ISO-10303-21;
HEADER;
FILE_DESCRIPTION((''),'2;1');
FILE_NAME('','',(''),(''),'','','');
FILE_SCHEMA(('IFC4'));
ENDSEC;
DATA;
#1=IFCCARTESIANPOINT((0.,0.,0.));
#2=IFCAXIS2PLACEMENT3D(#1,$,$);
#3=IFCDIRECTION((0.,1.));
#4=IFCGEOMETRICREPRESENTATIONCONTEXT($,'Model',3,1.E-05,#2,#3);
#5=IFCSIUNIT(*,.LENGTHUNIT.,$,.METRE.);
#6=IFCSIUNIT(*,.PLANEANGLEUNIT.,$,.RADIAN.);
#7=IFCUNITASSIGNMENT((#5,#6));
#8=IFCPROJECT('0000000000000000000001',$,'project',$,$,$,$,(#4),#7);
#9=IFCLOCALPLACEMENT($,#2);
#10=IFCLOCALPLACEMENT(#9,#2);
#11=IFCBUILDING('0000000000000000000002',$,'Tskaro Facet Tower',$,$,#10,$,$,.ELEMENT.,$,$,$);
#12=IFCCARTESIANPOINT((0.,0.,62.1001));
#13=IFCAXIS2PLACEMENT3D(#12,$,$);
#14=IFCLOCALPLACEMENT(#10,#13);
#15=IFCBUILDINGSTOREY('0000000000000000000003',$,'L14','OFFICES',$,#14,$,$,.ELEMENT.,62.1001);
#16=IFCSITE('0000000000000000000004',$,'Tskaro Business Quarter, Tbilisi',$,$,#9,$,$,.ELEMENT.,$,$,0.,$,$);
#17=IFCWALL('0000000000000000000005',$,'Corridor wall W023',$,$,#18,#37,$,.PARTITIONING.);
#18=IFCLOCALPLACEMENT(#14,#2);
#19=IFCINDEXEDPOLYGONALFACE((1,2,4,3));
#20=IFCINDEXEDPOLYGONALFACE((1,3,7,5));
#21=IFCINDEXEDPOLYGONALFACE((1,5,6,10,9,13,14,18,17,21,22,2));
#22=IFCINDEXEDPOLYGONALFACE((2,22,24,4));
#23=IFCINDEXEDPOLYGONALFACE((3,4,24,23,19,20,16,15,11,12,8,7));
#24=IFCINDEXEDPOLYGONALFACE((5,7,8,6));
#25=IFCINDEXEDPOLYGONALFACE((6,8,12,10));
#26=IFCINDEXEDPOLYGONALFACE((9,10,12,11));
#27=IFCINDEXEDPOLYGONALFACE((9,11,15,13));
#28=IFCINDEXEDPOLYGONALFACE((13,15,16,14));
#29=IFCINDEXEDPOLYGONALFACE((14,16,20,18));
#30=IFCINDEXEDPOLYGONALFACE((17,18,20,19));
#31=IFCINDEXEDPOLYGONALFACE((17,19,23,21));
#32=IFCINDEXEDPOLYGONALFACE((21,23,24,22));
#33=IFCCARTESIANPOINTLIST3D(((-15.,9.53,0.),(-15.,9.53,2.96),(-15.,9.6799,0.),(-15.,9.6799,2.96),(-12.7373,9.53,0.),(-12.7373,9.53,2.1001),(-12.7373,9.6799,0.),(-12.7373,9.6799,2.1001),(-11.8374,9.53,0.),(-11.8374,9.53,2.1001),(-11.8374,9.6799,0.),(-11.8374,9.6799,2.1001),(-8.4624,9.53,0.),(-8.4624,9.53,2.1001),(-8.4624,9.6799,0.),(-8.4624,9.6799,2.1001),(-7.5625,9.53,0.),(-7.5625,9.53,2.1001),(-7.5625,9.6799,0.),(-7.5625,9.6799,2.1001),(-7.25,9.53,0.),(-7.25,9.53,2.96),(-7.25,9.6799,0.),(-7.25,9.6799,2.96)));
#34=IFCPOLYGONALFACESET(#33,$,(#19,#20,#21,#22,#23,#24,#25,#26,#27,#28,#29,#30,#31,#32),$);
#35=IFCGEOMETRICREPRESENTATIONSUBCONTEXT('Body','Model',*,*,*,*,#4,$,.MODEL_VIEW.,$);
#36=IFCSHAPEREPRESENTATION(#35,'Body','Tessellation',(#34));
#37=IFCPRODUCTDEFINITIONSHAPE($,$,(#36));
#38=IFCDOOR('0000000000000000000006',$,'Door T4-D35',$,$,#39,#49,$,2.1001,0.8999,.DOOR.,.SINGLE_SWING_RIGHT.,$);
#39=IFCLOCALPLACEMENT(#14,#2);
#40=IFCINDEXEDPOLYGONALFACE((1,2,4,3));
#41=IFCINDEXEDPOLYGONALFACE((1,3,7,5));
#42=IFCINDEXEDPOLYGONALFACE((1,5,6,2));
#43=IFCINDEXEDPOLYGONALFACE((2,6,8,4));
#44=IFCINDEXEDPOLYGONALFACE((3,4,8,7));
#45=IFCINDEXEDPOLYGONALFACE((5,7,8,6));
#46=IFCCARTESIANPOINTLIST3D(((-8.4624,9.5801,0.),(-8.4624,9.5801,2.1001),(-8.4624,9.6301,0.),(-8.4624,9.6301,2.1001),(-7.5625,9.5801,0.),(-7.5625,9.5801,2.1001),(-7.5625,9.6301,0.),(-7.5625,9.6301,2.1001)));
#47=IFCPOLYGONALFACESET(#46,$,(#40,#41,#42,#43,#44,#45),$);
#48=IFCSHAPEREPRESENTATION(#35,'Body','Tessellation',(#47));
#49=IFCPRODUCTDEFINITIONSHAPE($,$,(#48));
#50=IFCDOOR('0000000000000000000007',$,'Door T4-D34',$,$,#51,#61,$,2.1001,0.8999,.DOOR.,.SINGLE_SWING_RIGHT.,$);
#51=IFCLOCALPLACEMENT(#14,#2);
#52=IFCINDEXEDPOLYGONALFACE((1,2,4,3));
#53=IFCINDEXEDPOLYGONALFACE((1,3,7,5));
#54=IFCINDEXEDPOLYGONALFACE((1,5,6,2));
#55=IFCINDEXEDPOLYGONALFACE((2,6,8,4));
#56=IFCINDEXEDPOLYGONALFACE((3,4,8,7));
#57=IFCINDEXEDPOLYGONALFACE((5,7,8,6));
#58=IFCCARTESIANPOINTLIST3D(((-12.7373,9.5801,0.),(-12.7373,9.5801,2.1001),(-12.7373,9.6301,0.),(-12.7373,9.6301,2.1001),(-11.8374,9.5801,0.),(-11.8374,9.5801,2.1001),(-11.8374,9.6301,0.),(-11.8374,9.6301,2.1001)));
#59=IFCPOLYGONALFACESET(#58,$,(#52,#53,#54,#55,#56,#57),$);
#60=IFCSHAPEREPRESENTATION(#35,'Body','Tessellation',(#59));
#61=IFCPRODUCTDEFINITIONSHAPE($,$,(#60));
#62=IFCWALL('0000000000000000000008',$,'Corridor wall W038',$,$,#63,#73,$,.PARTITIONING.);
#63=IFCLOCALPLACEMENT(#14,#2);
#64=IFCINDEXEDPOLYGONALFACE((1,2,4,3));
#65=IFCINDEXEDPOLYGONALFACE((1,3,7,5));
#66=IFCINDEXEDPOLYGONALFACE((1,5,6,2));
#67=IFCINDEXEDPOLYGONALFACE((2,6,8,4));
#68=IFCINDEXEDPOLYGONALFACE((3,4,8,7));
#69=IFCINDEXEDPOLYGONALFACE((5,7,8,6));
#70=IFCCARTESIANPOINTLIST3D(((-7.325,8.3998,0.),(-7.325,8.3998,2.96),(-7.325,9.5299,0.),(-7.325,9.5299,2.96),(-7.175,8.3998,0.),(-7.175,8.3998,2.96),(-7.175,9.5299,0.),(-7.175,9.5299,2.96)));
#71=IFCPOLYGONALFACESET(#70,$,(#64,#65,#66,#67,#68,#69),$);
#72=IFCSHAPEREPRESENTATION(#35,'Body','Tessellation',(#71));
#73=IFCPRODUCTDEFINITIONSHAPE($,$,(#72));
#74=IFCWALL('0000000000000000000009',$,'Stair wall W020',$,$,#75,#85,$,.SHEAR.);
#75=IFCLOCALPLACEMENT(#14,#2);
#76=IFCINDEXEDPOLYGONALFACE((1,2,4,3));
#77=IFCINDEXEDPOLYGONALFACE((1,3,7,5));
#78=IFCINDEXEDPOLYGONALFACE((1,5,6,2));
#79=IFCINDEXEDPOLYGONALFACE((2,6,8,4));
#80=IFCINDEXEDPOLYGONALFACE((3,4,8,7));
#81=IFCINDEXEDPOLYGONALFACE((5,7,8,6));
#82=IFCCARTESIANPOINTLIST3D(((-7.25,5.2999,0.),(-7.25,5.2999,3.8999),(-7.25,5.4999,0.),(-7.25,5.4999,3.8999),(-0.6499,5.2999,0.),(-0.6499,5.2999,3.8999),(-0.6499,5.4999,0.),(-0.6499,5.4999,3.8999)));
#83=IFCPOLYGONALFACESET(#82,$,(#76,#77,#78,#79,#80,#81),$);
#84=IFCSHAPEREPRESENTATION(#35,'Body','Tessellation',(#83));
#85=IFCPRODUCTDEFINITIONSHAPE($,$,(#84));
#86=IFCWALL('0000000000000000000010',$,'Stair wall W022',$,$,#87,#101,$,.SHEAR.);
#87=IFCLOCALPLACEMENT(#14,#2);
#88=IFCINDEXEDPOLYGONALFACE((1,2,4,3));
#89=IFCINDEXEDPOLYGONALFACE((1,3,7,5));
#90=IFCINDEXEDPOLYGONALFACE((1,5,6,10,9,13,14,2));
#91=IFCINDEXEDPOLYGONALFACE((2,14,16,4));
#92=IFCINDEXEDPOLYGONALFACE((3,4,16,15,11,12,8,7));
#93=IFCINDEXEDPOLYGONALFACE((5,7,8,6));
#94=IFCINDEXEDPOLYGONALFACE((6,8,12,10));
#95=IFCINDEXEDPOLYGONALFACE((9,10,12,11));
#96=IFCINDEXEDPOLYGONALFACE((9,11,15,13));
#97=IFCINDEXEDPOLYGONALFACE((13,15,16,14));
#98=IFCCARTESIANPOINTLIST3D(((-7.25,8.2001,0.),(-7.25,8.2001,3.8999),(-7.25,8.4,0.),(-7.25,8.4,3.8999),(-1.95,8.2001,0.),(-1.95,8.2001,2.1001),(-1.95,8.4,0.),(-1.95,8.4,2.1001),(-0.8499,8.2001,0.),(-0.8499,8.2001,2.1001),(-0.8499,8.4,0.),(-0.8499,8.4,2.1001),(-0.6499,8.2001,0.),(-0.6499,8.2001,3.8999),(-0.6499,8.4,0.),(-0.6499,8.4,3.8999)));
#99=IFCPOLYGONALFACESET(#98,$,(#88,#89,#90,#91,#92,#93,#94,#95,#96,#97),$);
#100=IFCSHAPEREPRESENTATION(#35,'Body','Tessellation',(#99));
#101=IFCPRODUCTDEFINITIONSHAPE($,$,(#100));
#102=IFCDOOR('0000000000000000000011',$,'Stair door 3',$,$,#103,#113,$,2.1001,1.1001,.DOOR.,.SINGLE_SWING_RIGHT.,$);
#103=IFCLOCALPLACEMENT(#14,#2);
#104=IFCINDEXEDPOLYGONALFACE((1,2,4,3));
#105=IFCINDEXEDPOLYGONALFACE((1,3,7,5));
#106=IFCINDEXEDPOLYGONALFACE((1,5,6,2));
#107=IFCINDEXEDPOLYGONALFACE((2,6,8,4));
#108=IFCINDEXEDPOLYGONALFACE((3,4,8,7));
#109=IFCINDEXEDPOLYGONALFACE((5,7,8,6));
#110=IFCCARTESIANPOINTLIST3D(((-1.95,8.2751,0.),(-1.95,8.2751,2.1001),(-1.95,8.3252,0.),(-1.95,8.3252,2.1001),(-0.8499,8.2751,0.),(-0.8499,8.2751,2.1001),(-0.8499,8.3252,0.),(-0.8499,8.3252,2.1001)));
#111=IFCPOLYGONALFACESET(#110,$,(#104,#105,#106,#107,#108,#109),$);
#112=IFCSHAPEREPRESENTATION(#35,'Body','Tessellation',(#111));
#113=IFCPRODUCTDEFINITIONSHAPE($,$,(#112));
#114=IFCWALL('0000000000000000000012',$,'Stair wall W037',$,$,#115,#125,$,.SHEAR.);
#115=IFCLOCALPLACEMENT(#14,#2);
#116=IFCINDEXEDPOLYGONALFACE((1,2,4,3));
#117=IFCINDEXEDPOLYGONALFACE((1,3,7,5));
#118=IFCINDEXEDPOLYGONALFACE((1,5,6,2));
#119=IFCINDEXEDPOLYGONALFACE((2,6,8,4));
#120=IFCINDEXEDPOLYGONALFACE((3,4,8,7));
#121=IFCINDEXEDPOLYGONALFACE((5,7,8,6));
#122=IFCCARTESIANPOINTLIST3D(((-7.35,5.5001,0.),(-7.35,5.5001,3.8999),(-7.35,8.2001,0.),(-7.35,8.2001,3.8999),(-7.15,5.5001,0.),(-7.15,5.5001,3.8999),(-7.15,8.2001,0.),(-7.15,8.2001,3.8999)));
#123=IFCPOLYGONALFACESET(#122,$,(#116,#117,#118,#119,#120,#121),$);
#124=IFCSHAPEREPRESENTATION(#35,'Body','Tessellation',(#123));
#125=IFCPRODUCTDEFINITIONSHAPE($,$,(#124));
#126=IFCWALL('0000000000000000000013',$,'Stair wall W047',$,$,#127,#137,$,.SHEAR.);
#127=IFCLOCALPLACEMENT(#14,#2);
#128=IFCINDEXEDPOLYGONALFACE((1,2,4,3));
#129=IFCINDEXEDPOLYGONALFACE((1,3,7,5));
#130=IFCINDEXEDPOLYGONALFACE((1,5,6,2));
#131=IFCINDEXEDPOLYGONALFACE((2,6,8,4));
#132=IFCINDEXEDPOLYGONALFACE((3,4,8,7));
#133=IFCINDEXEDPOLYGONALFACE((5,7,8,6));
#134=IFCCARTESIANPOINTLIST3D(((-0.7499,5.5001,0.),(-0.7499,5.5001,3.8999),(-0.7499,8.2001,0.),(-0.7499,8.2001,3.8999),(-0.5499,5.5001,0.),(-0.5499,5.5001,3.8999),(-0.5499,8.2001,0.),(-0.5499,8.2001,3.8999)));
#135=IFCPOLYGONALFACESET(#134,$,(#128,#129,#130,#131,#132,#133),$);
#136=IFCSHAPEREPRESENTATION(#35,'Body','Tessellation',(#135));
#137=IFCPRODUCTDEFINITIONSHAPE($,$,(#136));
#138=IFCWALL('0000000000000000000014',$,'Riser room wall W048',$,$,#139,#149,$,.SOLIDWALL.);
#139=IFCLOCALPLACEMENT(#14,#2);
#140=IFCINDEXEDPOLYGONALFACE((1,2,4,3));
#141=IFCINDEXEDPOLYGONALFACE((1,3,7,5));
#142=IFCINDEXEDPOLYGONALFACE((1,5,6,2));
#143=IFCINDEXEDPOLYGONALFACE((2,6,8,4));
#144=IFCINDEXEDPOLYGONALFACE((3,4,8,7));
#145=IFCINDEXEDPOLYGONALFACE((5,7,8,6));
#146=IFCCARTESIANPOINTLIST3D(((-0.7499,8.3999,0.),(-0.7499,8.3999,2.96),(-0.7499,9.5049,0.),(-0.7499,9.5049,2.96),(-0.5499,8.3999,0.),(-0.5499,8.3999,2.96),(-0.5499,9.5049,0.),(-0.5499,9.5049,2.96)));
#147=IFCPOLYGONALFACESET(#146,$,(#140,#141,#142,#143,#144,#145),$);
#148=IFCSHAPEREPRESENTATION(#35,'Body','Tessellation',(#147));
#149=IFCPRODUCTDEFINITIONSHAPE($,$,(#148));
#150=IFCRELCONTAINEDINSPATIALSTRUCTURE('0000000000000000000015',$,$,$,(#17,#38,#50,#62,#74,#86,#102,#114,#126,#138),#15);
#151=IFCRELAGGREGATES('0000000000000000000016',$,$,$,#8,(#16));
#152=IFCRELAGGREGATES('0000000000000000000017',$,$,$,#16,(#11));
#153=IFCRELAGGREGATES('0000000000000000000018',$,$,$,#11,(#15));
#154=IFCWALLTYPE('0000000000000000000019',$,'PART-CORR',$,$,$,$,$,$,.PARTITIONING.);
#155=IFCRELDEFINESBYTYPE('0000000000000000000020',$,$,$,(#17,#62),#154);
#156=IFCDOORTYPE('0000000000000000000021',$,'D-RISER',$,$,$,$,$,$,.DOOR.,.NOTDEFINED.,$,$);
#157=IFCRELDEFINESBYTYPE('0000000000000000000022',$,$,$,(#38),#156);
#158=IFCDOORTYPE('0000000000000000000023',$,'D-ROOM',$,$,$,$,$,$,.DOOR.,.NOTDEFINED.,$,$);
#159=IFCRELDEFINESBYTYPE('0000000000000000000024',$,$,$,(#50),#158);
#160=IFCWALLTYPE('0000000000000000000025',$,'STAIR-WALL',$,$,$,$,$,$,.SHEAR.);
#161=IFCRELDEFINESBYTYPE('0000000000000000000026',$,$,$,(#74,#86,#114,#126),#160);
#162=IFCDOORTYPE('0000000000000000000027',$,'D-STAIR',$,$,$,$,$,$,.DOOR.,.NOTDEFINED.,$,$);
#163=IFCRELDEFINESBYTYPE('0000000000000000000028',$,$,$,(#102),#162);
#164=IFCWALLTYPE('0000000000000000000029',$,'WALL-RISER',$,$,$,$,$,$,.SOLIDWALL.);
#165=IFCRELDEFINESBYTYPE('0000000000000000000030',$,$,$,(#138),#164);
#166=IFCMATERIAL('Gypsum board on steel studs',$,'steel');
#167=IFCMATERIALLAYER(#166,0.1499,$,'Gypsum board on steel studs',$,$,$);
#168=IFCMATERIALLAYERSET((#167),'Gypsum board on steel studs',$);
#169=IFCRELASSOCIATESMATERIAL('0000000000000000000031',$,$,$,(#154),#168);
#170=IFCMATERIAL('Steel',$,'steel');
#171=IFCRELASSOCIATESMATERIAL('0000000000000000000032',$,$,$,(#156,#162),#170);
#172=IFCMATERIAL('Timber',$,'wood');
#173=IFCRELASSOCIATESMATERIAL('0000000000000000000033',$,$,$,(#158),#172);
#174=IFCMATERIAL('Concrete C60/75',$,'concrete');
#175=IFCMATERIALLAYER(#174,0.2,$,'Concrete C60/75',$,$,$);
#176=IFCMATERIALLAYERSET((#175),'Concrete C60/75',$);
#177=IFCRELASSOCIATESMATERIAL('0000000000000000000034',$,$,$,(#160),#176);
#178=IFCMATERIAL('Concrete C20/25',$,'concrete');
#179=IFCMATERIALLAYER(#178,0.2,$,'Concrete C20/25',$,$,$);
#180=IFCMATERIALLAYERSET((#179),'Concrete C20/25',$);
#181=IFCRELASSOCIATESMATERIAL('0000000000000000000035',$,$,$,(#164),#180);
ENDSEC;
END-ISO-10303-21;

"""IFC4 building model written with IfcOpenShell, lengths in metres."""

from ifc_helpers import new_model, si_unit, direction, frame, frame_2d, origin, place, context, subcontext, project, spatial, rectangle, extrude, material, layer, layer_set, type_object, element, fill, save


model = new_model("IFC4")

# Units and contexts
model_context = context("Model", 3, precision=1e-05, world=origin(), true_north=direction((0.0, 1.0)))
body_context = subcontext(model_context, "Body", "Model", "MODEL_VIEW")
ifc_project = project(units=[si_unit("LENGTHUNIT", "METRE"), si_unit("PLANEANGLEUNIT", "RADIAN")], contexts=[model_context])

# Site, building, storey
site_placement = place(None, origin())
site = spatial("IfcSite", under=ifc_project, at=site_placement, Name="Tskaro Business Quarter, Tbilisi", CompositionType="ELEMENT", RefElevation=0.0)
building_placement = place(site_placement, origin())
building = spatial("IfcBuilding", under=site, at=building_placement, Name="Tskaro Facet Tower", CompositionType="ELEMENT")
storey_placement = place(building_placement, frame((0.0, 0.0, 62.1001)))
storey = spatial("IfcBuildingStorey", under=building, at=storey_placement, Name="L14", Description="OFFICES", CompositionType="ELEMENT", Elevation=62.1001)

# Shared definitions
ifc_material_1 = material(Name="Concrete C20/25", Category="concrete")

# Wall, openings, doors
ifc_material_2 = material(Name="Gypsum board on steel studs", Category="steel")
ifc_layer_1 = layer(ifc_material_2, 0.1499, Name="Gypsum board on steel studs")
ifc_layer_set_1 = layer_set([ifc_layer_1], Name="Gypsum board on steel studs")
wall_type_1 = type_object("IfcWallType", Name="PART-CORR", PredefinedType="PARTITIONING", material=ifc_layer_set_1)
wall_1_placement = place(storey_placement, frame((-7.25, 9.605, 0.0), z_axis=(0.0, 0.0, 1.0), x_axis=(-1.0, 0.0, 0.0)))
wall_1 = element("IfcWall", 1, at=wall_1_placement, inside=storey, type_object=wall_type_1, Name="Corridor wall W023", PredefinedType="PARTITIONING", context=body_context, shape_type="SweptSolid", body=[
    extrude(rectangle(XDim=7.75, YDim=0.1499, at=frame_2d((3.875, 0.0))), origin(), (0.0, 0.0, 1.0), 2.96),
])
opening_1_placement = place(wall_1_placement, frame((0.3125, 0.0, 0.0)))
opening_1 = element("IfcOpeningElement", 2, at=opening_1_placement, cuts=wall_1, PredefinedType="OPENING", context=body_context, shape_type="SweptSolid", body=[
    extrude(rectangle(XDim=0.8999, YDim=2.1001, at=frame_2d((0.45, 1.05))), frame((0.0, 0.085, 0.0), z_axis=(0.0, -1.0, 0.0), x_axis=(1.0, 0.0, 0.0)), (0.0, 0.0, 1.0), 0.1699),
])
opening_2_placement = place(wall_1_placement, frame((4.5874, 0.0, 0.0)))
opening_2 = element("IfcOpeningElement", 3, at=opening_2_placement, cuts=wall_1, PredefinedType="OPENING", context=body_context, shape_type="SweptSolid", body=[
    extrude(rectangle(XDim=0.8999, YDim=2.1001, at=frame_2d((0.45, 1.05))), frame((0.0, 0.085, 0.0), z_axis=(0.0, -1.0, 0.0), x_axis=(1.0, 0.0, 0.0)), (0.0, 0.0, 1.0), 0.1699),
])
ifc_material_3 = material(Name="Steel", Category="steel")
door_type_1 = type_object("IfcDoorType", Name="D-RISER", OperationType="NOTDEFINED", PredefinedType="DOOR", material=ifc_material_3)
door_1_placement = place(opening_1_placement, origin())
door_1 = element("IfcDoor", 4, at=door_1_placement, inside=storey, type_object=door_type_1, Name="Door T4-D35", OperationType="SINGLE_SWING_RIGHT", OverallHeight=2.1001, OverallWidth=0.8999, PredefinedType="DOOR", context=body_context, shape_type="SweptSolid", body=[
    extrude(rectangle(XDim=0.8999, YDim=2.1001, at=frame_2d((0.45, 1.05))), frame((0.0, 0.0249, 0.0), z_axis=(0.0, -1.0, 0.0), x_axis=(1.0, 0.0, 0.0)), (0.0, 0.0, 1.0), 0.05),
])
fill(opening_1, door_1)
ifc_material_4 = material(Name="Timber", Category="wood")
door_type_2 = type_object("IfcDoorType", Name="D-ROOM", OperationType="NOTDEFINED", PredefinedType="DOOR", material=ifc_material_4)
door_2_placement = place(opening_2_placement, origin())
door_2 = element("IfcDoor", 5, at=door_2_placement, inside=storey, type_object=door_type_2, Name="Door T4-D34", OperationType="SINGLE_SWING_RIGHT", OverallHeight=2.1001, OverallWidth=0.8999, PredefinedType="DOOR", context=body_context, shape_type="SweptSolid", body=[
    extrude(rectangle(XDim=0.8999, YDim=2.1001, at=frame_2d((0.45, 1.05))), frame((0.0, 0.0249, 0.0), z_axis=(0.0, -1.0, 0.0), x_axis=(1.0, 0.0, 0.0)), (0.0, 0.0, 1.0), 0.05),
])
fill(opening_2, door_2)

# Walls
wall_2_placement = place(storey_placement, frame((-7.25, 8.3999, 0.0), z_axis=(0.0, 0.0, 1.0), x_axis=(0.0, 1.0, 0.0)))
element("IfcWall", 6, at=wall_2_placement, inside=storey, type_object=wall_type_1, Name="Corridor wall W038", PredefinedType="PARTITIONING", context=body_context, shape_type="SweptSolid", body=[
    extrude(rectangle(XDim=1.1301, YDim=0.1499, at=frame_2d((0.5649, 0.0))), origin(), (0.0, 0.0, 1.0), 2.96),
])
ifc_material_5 = material(Name="Concrete C60/75", Category="concrete")
ifc_layer_2 = layer(ifc_material_5, 0.2, Name="Concrete C60/75")
ifc_layer_set_2 = layer_set([ifc_layer_2], Name="Concrete C60/75")
wall_type_2 = type_object("IfcWallType", Name="STAIR-WALL", PredefinedType="SHEAR", material=ifc_layer_set_2)
wall_3_placement = place(storey_placement, frame((-7.25, 5.3999, 0.0), z_axis=(0.0, 0.0, 1.0), x_axis=(1.0, 0.0, 0.0)))
element("IfcWall", 7, at=wall_3_placement, inside=storey, type_object=wall_type_2, Name="Stair wall W020", PredefinedType="SHEAR", context=body_context, shape_type="SweptSolid", body=[
    extrude(rectangle(XDim=6.6001, YDim=0.2, at=frame_2d((3.3, 0.0))), origin(), (0.0, 0.0, 1.0), 3.8999),
])

# Wall, opening, door
wall_4_placement = place(storey_placement, frame((-0.6499, 8.3, 0.0), z_axis=(0.0, 0.0, 1.0), x_axis=(-1.0, 0.0, 0.0)))
wall_4 = element("IfcWall", 8, at=wall_4_placement, inside=storey, type_object=wall_type_2, Name="Stair wall W022", PredefinedType="SHEAR", context=body_context, shape_type="SweptSolid", body=[
    extrude(rectangle(XDim=6.6001, YDim=0.2, at=frame_2d((3.3, 0.0))), origin(), (0.0, 0.0, 1.0), 3.8999),
])
opening_3_placement = place(wall_4_placement, frame((0.2, 0.0, 0.0)))
opening_3 = element("IfcOpeningElement", 9, at=opening_3_placement, cuts=wall_4, PredefinedType="OPENING", context=body_context, shape_type="SweptSolid", body=[
    extrude(rectangle(XDim=1.1001, YDim=2.1001, at=frame_2d((0.55, 1.05))), frame((0.0, 0.1099, 0.0), z_axis=(0.0, -1.0, 0.0), x_axis=(1.0, 0.0, 0.0)), (0.0, 0.0, 1.0), 0.22),
])
door_type_3 = type_object("IfcDoorType", Name="D-STAIR", OperationType="NOTDEFINED", PredefinedType="DOOR", material=ifc_material_3)
door_3_placement = place(opening_3_placement, origin())
door_3 = element("IfcDoor", 10, at=door_3_placement, inside=storey, type_object=door_type_3, Name="Stair door 3", OperationType="SINGLE_SWING_RIGHT", OverallHeight=2.1001, OverallWidth=1.1001, PredefinedType="DOOR", context=body_context, shape_type="SweptSolid", body=[
    extrude(rectangle(XDim=1.1001, YDim=2.1001, at=frame_2d((0.55, 1.05))), frame((0.0, 0.0249, 0.0), z_axis=(0.0, -1.0, 0.0), x_axis=(1.0, 0.0, 0.0)), (0.0, 0.0, 1.0), 0.05),
])
fill(opening_3, door_3)

# Walls
for number, where, z_axis, x_axis, name in (
    (11, (-7.25, 5.5, 0.0), (0.0, 0.0, 1.0), (0.0, 1.0, 0.0), "Stair wall W037"),
    (12, (-0.6499, 5.5, 0.0), (0.0, 0.0, 1.0), (0.0, 1.0, 0.0), "Stair wall W047"),
):
    element("IfcWall", number, at=place(storey_placement, frame(where, z_axis=z_axis, x_axis=x_axis)), inside=storey, type_object=wall_type_2, Name=name, PredefinedType="SHEAR", context=body_context, shape_type="SweptSolid", body=[
        extrude(rectangle(XDim=2.7, YDim=0.2, at=frame_2d((1.3501, 0.0))), origin(), (0.0, 0.0, 1.0), 3.8999),
    ])
ifc_layer_3 = layer(ifc_material_1, 0.2, Name="Concrete C20/25")
ifc_layer_set_3 = layer_set([ifc_layer_3], Name="Concrete C20/25")
wall_type_3 = type_object("IfcWallType", Name="WALL-RISER", PredefinedType="SOLIDWALL", material=ifc_layer_set_3)
wall_5_placement = place(storey_placement, frame((-0.6499, 8.3999, 0.0), z_axis=(0.0, 0.0, 1.0), x_axis=(0.0, 1.0, 0.0)))
element("IfcWall", 13, at=wall_5_placement, inside=storey, type_object=wall_type_3, Name="Riser room wall W048", PredefinedType="SOLIDWALL", context=body_context, shape_type="SweptSolid", body=[
    extrude(rectangle(XDim=1.105, YDim=0.2, at=frame_2d((0.5525, 0.0))), origin(), (0.0, 0.0, 1.0), 2.96),
])

save(model, "model.ifc")
